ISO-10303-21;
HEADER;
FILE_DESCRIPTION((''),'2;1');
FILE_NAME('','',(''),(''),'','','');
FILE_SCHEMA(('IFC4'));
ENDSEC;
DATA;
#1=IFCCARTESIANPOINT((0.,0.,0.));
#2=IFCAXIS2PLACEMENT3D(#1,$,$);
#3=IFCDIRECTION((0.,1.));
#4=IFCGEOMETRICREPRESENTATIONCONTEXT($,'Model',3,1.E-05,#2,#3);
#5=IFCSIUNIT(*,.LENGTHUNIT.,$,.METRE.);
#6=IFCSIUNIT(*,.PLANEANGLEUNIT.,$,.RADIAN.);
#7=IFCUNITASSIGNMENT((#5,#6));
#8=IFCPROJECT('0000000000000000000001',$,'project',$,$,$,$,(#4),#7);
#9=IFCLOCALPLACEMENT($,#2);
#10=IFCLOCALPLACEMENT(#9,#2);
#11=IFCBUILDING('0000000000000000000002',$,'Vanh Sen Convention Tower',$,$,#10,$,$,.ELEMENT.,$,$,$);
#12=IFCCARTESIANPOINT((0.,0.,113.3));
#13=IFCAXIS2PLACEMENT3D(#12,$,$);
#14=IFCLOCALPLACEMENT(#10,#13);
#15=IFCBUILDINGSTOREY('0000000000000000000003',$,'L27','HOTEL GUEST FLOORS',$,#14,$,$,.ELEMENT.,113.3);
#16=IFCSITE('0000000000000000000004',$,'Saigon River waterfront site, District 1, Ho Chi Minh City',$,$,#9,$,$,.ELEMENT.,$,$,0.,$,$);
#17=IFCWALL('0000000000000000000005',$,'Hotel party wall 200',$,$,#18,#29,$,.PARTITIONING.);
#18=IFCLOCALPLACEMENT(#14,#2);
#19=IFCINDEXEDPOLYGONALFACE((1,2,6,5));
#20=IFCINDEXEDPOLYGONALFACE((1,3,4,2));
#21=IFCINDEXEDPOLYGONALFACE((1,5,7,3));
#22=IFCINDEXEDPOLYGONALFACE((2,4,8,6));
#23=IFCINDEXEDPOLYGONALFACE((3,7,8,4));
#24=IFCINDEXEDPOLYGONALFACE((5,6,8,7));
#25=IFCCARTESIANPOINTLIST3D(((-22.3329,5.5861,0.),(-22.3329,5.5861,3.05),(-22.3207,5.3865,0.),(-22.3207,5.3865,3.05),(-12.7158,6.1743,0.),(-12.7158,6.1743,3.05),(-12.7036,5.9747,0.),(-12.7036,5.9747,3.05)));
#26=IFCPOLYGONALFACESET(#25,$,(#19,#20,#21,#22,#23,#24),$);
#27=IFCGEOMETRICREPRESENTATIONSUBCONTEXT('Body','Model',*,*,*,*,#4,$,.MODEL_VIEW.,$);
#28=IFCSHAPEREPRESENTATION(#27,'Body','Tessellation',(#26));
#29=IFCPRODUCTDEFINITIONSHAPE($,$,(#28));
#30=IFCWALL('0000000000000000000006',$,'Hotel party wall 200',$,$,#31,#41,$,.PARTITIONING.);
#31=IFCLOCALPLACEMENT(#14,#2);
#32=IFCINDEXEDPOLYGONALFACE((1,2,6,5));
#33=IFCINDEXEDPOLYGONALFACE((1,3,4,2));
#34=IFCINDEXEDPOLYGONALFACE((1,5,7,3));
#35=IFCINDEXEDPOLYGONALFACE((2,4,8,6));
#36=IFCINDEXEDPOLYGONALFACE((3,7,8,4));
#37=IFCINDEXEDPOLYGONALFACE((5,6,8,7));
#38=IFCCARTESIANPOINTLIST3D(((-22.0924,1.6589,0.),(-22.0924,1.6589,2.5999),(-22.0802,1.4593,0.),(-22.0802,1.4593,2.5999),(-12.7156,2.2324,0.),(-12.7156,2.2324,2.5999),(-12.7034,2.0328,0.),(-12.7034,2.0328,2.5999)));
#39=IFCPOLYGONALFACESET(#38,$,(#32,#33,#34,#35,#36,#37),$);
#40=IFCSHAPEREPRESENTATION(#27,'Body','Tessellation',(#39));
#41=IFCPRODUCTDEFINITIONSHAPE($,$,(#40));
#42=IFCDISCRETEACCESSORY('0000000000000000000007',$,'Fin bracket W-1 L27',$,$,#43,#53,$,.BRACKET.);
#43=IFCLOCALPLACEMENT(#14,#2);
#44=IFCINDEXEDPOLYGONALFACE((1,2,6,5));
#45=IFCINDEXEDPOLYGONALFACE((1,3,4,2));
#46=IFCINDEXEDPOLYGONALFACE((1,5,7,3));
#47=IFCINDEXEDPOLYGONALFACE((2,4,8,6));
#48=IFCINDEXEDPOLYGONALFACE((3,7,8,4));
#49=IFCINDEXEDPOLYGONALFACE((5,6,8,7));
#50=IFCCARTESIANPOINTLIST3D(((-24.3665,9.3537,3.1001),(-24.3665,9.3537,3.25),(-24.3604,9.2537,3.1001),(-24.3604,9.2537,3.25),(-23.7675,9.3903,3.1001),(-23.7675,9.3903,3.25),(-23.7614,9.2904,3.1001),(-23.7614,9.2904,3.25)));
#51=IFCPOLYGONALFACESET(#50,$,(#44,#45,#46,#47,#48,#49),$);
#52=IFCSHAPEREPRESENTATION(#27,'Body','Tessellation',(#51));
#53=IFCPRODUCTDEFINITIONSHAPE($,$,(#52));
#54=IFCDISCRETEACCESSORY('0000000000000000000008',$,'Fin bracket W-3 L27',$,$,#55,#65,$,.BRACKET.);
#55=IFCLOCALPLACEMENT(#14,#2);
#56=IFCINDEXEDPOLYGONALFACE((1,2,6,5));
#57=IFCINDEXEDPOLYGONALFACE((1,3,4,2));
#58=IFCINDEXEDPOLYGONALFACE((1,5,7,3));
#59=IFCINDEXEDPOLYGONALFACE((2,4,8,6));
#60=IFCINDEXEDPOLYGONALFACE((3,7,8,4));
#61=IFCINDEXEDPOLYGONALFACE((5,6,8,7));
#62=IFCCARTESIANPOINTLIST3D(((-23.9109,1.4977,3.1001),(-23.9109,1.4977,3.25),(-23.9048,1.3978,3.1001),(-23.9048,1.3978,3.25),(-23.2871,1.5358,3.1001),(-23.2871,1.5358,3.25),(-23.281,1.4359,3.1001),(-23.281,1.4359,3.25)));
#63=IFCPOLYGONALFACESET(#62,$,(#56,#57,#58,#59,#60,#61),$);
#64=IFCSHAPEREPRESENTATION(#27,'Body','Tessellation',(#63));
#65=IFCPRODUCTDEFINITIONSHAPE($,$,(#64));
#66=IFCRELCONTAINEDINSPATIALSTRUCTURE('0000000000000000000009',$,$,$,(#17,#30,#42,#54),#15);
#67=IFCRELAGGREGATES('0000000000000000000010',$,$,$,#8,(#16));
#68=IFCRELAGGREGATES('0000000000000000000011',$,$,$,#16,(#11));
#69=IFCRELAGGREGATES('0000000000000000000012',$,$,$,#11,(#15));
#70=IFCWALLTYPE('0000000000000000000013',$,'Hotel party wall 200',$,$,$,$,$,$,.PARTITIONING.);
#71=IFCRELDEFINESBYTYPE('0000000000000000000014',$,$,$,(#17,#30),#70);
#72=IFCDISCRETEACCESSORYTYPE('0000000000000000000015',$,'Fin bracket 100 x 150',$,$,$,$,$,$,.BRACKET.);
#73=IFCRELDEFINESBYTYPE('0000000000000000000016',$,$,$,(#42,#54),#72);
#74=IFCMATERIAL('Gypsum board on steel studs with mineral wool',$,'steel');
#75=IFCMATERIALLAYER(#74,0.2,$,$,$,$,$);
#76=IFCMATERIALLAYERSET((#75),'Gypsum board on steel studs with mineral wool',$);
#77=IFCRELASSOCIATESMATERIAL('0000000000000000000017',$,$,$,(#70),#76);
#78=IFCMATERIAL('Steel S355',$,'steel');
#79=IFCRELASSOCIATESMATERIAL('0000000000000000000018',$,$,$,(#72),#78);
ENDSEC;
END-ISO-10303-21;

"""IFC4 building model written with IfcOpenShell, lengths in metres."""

from ifc_helpers import new_model, si_unit, direction, frame, frame_2d, origin, origin_2d, place, context, subcontext, project, spatial, rectangle, extrude, material, layer, layer_set, type_object, element, save


model = new_model("IFC4")

# Units and contexts
model_context = context("Model", 3, precision=1e-05, world=origin(), true_north=direction((0.0, 1.0)))
body_context = subcontext(model_context, "Body", "Model", "MODEL_VIEW")
ifc_project = project(units=[si_unit("LENGTHUNIT", "METRE"), si_unit("PLANEANGLEUNIT", "RADIAN")], contexts=[model_context])

# Site, building, storey
site_placement = place(None, origin())
site = spatial("IfcSite", under=ifc_project, at=site_placement, Name="Saigon River waterfront site, District 1, Ho Chi Minh City", CompositionType="ELEMENT", RefElevation=0.0)
building_placement = place(site_placement, origin())
building = spatial("IfcBuilding", under=site, at=building_placement, Name="Vanh Sen Convention Tower", CompositionType="ELEMENT")
storey_placement = place(building_placement, frame((0.0, 0.0, 113.3)))
storey = spatial("IfcBuildingStorey", under=building, at=storey_placement, Name="L27", Description="HOTEL GUEST FLOORS", CompositionType="ELEMENT", Elevation=113.3)

# Walls
ifc_material_1 = material(Name="Gypsum board on steel studs with mineral wool", Category="steel")
ifc_layer_1 = layer(ifc_material_1, 0.2)
ifc_layer_set_1 = layer_set([ifc_layer_1], Name="Gypsum board on steel studs with mineral wool")
wall_type_1 = type_object("IfcWallType", Name="Hotel party wall 200", PredefinedType="PARTITIONING", material=ifc_layer_set_1)
wall_1_placement = place(storey_placement, frame((-22.3267, 5.4863, 0.0), z_axis=(0.0, 0.0, 1.0), x_axis=(0.998135, 0.061042, 0.0)))
element("IfcWall", 1, at=wall_1_placement, inside=storey, type_object=wall_type_1, Name="Hotel party wall 200", PredefinedType="PARTITIONING", context=body_context, shape_type="SweptSolid", body=[
    extrude(rectangle(XDim=9.635, YDim=0.2, at=frame_2d((4.8174, 0.0))), origin(), (0.0, 0.0, 1.0), 3.05),
])
wall_2_placement = place(storey_placement, frame((-22.0864, 1.5591, 0.0), z_axis=(0.0, 0.0, 1.0), x_axis=(0.998135, 0.061047, 0.0)))
element("IfcWall", 2, at=wall_2_placement, inside=storey, type_object=wall_type_1, Name="Hotel party wall 200", PredefinedType="PARTITIONING", context=body_context, shape_type="SweptSolid", body=[
    extrude(rectangle(XDim=9.3943, YDim=0.2, at=frame_2d((4.6973, 0.0))), origin(), (0.0, 0.0, 1.0), 2.5999),
])

# Discrete accessories
ifc_material_2 = material(Name="Steel S355", Category="steel")
discrete_accessory_type = type_object("IfcDiscreteAccessoryType", Name="Fin bracket 100 x 150", PredefinedType="BRACKET", material=ifc_material_2)
discrete_accessory_1_placement = place(storey_placement, frame((-24.064, 9.322, 3.1001), z_axis=(0.0, 0.0, 1.0), x_axis=(-0.998135, -0.061049, 0.0)))
element("IfcDiscreteAccessory", 3, at=discrete_accessory_1_placement, inside=storey, type_object=discrete_accessory_type, Name="Fin bracket W-1 L27", PredefinedType="BRACKET", context=body_context, shape_type="SweptSolid", body=[
    extrude(rectangle(XDim=0.6001, YDim=0.1001, at=origin_2d()), origin(), (0.0, 0.0, 1.0), 0.1499),
])
discrete_accessory_2_placement = place(storey_placement, frame((-23.5959, 1.4668, 3.1001), z_axis=(0.0, 0.0, 1.0), x_axis=(-0.998135, -0.061049, 0.0)))
element("IfcDiscreteAccessory", 4, at=discrete_accessory_2_placement, inside=storey, type_object=discrete_accessory_type, Name="Fin bracket W-3 L27", PredefinedType="BRACKET", context=body_context, shape_type="SweptSolid", body=[
    extrude(rectangle(XDim=0.625, YDim=0.1001, at=origin_2d()), origin(), (0.0, 0.0, 1.0), 0.1499),
])

save(model, "model.ifc")
